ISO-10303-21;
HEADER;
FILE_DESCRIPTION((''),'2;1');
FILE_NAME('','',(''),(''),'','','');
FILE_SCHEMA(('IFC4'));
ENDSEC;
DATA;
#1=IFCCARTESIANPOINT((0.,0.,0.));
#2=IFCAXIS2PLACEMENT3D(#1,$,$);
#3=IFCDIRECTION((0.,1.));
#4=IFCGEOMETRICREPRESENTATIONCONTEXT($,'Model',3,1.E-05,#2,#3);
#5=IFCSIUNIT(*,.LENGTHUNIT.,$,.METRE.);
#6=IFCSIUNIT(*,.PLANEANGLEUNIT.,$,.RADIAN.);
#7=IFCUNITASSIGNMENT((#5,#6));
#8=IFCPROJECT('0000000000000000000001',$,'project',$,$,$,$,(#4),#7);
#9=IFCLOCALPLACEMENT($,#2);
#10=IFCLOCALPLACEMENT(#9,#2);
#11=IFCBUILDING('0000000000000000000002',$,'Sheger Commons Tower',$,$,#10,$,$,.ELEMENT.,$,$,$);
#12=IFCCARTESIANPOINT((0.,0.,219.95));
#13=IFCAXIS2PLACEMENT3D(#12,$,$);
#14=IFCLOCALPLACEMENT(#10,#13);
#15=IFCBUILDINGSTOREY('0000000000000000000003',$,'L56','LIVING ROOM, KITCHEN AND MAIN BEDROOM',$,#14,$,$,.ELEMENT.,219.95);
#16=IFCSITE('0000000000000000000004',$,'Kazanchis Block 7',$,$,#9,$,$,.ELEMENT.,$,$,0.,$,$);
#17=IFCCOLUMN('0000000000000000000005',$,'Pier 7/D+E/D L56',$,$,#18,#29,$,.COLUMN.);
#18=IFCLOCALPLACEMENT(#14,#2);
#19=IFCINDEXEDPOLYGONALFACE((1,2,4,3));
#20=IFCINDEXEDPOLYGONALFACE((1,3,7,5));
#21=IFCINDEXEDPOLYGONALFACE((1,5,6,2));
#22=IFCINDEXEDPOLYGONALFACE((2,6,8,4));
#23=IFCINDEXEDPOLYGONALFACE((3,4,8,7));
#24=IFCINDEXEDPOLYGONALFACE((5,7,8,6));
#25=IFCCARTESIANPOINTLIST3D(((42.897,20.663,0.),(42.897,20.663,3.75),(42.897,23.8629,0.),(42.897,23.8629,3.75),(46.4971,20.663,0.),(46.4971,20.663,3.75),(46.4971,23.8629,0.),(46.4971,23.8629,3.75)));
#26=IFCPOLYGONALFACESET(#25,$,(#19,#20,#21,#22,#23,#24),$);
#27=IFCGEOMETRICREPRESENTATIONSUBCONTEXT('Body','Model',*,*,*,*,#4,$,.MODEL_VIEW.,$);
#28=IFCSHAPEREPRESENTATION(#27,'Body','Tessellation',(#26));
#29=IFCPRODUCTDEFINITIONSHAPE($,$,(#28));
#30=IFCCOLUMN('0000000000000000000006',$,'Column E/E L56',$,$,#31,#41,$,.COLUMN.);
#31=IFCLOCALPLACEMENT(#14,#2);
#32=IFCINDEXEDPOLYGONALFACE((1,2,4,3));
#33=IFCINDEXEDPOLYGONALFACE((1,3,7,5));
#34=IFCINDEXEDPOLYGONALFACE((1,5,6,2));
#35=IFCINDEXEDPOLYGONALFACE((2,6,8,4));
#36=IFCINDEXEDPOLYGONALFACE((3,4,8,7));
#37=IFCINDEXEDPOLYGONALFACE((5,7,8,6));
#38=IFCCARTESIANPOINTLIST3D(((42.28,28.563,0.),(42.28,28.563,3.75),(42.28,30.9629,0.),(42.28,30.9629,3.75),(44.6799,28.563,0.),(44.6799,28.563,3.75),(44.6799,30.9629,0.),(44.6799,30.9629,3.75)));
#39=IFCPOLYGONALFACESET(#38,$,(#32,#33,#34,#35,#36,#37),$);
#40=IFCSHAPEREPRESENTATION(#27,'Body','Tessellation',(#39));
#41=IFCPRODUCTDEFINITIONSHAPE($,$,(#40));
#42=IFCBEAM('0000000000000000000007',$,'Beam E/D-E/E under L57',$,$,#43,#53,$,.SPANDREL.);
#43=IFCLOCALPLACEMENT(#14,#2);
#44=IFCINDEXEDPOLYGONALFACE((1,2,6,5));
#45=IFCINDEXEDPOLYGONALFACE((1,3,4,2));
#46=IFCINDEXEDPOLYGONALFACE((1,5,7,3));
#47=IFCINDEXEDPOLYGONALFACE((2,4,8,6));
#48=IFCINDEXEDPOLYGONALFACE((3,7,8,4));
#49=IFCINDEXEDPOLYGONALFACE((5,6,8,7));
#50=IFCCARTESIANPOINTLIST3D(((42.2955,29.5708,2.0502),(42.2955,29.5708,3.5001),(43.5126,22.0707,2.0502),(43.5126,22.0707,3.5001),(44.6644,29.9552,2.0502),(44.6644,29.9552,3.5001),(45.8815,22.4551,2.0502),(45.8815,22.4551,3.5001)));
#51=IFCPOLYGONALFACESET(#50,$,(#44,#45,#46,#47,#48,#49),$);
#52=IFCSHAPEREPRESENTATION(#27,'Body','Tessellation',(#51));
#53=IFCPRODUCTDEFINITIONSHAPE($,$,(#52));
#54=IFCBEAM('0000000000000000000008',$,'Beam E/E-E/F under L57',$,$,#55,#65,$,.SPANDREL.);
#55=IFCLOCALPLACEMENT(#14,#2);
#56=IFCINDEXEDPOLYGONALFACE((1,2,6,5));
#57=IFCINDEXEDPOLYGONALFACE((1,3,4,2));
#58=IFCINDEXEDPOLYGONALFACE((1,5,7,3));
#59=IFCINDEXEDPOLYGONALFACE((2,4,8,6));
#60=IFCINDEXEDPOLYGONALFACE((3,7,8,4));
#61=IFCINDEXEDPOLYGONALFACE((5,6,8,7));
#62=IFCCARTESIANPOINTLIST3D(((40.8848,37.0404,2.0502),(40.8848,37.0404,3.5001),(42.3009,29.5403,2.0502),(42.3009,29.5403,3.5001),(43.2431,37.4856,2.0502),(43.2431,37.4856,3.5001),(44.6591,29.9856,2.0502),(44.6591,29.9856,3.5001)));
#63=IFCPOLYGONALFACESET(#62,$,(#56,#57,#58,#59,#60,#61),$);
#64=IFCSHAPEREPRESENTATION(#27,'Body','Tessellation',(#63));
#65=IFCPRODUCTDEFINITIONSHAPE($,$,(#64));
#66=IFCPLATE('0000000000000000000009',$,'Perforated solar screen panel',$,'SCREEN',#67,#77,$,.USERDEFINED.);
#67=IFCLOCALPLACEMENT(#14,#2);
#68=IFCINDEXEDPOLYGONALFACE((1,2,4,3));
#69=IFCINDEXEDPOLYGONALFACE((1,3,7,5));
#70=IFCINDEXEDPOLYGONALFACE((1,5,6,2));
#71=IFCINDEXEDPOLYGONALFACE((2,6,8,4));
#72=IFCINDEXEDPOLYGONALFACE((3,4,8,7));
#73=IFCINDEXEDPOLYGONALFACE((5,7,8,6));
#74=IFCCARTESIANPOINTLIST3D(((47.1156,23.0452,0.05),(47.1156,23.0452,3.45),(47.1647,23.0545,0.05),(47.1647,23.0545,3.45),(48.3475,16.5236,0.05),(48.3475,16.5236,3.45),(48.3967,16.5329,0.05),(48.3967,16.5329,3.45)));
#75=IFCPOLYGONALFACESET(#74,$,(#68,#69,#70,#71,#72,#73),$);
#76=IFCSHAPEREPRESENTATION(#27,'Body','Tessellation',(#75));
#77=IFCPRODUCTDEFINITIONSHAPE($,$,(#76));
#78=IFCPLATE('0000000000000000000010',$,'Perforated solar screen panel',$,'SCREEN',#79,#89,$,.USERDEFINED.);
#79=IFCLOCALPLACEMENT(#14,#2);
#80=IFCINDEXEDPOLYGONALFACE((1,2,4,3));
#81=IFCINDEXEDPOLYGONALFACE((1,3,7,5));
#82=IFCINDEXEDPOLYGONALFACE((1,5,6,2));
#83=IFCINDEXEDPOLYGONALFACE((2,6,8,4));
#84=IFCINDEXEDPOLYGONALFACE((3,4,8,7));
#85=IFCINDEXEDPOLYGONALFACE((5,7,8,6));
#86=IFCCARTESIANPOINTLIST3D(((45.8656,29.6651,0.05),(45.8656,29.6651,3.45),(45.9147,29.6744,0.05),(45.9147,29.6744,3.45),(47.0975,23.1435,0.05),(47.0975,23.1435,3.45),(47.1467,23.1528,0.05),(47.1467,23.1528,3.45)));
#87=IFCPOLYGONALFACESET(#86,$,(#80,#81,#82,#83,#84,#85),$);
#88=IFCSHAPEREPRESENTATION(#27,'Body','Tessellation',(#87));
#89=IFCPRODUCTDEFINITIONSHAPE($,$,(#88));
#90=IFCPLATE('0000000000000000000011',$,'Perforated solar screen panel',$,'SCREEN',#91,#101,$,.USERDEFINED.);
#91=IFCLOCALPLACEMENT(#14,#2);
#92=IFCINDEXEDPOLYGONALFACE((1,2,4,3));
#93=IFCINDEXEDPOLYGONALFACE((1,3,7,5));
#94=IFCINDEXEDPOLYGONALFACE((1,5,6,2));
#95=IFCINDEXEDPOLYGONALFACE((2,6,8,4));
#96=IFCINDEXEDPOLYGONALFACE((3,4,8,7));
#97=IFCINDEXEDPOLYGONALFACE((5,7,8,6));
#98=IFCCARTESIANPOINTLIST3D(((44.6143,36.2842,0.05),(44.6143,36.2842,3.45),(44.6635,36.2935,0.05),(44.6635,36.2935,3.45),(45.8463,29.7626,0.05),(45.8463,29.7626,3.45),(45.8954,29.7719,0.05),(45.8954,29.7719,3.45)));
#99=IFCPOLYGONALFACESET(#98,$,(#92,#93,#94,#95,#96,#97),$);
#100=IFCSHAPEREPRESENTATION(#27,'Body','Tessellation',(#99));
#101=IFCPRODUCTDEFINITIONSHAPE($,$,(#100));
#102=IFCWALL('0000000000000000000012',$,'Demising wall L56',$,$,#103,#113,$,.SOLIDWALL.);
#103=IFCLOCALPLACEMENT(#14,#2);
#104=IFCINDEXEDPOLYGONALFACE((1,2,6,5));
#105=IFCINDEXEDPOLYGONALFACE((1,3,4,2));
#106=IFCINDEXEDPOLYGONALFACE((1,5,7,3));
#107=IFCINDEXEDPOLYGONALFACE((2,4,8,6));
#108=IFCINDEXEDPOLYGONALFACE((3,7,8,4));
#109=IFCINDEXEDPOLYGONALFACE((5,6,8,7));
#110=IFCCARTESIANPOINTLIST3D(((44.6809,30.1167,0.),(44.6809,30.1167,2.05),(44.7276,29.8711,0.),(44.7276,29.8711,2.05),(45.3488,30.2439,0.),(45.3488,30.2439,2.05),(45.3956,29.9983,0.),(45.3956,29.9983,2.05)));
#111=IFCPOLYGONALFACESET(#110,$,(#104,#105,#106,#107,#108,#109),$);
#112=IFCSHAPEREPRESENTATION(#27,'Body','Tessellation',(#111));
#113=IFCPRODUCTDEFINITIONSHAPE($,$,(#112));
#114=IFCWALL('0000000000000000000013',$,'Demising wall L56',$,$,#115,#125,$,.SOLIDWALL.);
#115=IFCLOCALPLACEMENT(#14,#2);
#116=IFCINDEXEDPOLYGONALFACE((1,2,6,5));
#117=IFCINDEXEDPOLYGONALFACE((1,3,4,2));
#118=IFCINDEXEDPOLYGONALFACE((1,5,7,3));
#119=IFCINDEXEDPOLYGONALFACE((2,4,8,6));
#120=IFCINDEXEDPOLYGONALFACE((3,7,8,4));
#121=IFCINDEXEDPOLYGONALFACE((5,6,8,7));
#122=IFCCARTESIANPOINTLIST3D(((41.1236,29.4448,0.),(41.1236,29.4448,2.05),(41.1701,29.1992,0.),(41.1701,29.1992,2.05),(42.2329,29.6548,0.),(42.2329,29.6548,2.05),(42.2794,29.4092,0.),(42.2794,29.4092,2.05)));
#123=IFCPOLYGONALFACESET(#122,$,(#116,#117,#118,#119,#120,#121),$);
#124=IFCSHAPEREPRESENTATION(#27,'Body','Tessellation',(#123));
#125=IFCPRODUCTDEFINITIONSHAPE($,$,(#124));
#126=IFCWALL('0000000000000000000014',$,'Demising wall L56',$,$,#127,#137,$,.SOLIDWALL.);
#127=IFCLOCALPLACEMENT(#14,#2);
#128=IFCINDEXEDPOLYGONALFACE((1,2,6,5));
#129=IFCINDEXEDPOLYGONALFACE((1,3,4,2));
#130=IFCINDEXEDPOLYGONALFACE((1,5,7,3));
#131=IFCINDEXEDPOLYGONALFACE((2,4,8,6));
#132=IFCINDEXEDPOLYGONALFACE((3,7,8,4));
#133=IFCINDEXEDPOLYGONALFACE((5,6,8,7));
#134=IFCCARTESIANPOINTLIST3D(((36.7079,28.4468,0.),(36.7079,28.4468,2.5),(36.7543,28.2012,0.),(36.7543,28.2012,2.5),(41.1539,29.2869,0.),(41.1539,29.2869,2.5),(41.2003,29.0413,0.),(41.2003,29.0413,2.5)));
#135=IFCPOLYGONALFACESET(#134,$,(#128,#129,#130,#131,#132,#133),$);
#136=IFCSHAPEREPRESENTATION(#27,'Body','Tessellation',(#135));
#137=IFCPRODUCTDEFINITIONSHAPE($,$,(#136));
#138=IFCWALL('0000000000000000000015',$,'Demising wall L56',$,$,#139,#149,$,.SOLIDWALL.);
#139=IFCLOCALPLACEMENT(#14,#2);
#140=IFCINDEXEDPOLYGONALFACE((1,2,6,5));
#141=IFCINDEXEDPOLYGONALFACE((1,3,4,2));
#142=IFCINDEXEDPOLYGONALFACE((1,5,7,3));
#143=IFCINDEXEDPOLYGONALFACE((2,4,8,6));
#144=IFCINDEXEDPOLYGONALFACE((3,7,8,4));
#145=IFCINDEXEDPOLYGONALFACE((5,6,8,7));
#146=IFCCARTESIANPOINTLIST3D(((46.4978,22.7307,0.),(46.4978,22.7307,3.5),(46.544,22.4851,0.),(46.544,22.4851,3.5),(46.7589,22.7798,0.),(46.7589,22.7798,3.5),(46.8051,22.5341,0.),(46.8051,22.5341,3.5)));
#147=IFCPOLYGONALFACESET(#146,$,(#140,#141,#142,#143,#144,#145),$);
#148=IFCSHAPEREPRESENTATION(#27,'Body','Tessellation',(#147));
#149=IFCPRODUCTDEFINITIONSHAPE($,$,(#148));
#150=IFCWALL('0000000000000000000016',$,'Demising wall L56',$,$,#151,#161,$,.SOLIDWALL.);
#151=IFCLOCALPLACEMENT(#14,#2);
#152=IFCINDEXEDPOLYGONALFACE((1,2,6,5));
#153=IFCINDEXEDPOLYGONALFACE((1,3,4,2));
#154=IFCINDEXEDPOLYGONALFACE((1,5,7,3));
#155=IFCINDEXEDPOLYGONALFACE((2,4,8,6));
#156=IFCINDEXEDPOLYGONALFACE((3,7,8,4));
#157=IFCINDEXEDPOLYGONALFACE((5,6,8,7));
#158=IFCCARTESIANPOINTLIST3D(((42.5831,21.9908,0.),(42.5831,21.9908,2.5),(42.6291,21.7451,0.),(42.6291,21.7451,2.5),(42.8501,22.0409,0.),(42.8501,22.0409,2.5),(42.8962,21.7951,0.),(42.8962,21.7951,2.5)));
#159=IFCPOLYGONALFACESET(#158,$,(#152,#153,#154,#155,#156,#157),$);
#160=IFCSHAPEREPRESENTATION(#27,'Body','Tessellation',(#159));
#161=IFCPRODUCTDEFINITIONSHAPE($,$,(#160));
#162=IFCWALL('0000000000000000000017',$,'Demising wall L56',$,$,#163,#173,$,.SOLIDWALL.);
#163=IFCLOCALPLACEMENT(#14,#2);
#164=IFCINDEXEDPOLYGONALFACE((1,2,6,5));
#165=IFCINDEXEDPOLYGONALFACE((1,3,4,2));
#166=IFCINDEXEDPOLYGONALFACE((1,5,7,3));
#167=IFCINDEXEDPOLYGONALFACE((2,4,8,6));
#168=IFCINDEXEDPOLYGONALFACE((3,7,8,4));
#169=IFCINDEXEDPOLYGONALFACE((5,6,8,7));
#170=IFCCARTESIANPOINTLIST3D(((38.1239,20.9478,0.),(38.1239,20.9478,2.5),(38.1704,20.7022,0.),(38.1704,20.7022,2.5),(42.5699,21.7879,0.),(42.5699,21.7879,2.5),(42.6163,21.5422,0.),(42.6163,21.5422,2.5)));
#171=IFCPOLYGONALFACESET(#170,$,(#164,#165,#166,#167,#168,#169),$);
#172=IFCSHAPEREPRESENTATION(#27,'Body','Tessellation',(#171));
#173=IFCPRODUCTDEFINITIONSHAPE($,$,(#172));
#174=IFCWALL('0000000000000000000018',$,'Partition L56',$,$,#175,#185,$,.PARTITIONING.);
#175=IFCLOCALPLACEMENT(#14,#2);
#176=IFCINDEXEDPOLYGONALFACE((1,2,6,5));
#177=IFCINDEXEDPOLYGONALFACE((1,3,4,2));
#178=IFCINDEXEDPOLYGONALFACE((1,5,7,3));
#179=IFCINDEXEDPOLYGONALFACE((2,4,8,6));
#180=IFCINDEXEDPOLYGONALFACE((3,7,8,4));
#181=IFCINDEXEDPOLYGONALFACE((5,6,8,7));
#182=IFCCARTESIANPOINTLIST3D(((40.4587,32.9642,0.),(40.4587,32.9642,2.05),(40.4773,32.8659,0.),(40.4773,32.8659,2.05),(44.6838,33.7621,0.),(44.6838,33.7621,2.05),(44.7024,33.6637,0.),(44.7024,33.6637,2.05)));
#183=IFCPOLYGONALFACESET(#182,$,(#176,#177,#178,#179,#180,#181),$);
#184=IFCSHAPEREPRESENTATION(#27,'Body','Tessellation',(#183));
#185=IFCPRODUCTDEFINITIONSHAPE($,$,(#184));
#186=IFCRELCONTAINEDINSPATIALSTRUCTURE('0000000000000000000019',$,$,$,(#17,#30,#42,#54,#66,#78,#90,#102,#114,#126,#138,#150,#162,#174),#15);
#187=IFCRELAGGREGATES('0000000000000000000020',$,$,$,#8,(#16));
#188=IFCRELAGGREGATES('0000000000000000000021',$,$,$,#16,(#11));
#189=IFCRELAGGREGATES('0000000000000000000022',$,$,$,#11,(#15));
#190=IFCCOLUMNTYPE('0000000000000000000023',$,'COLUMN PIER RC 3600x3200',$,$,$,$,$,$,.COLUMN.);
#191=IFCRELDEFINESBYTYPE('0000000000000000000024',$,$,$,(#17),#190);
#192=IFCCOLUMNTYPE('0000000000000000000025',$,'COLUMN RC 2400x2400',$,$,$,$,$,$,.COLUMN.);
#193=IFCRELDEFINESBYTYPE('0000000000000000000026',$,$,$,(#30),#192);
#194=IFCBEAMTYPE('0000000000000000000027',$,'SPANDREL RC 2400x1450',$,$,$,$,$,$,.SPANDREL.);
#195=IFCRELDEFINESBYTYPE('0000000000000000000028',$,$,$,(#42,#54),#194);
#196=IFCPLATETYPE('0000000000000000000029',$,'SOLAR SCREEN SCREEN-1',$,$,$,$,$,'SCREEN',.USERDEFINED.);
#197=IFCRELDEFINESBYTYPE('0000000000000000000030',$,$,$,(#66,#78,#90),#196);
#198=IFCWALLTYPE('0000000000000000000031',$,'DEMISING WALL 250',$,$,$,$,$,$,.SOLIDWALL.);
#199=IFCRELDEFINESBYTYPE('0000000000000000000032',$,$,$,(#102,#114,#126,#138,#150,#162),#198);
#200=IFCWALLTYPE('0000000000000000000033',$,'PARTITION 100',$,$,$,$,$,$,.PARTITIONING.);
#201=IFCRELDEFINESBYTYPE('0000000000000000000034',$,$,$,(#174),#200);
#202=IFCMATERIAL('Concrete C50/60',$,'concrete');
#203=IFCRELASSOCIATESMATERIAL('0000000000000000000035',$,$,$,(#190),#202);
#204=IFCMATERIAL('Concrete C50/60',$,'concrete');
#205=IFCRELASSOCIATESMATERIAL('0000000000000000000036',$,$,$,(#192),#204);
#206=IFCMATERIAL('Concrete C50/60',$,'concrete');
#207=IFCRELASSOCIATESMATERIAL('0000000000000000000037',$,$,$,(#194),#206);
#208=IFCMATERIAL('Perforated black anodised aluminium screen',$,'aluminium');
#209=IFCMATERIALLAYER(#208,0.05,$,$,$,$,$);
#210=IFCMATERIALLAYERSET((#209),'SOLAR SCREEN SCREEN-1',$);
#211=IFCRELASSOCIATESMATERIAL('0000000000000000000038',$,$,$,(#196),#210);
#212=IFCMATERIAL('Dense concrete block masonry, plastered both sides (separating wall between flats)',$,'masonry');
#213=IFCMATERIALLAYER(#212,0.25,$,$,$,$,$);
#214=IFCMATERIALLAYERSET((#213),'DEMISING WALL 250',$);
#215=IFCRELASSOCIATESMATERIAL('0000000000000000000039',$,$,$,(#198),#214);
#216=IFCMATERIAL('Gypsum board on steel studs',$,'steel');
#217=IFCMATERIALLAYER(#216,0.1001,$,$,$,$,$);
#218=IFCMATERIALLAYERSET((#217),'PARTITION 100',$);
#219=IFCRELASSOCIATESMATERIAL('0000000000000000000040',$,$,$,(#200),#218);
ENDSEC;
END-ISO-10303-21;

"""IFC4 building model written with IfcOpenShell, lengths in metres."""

from ifc_helpers import new_model, si_unit, direction, frame, frame_2d, origin, origin_2d, place, context, subcontext, project, spatial, rectangle, extrude, material, layer, layer_set, material_profile, profile_set, type_object, element, save


model = new_model("IFC4")

# Units and contexts
model_context = context("Model", 3, precision=1e-05, world=origin(), true_north=direction((0.0, 1.0)))
body_context = subcontext(model_context, "Body", "Model", "MODEL_VIEW")
ifc_project = project(units=[si_unit("LENGTHUNIT", "METRE"), si_unit("PLANEANGLEUNIT", "RADIAN")], contexts=[model_context])

# Site, building, storey
site_placement = place(None, origin())
site = spatial("IfcSite", under=ifc_project, at=site_placement, Name="Kazanchis Block 7", CompositionType="ELEMENT", RefElevation=0.0)
building_placement = place(site_placement, origin())
building = spatial("IfcBuilding", under=site, at=building_placement, Name="Sheger Commons Tower", CompositionType="ELEMENT")
storey_placement = place(building_placement, frame((0.0, 0.0, 219.95)))
storey = spatial("IfcBuildingStorey", under=building, at=storey_placement, Name="L56", Description="LIVING ROOM, KITCHEN AND MAIN BEDROOM", CompositionType="ELEMENT", Elevation=219.95)

# Columns
ifc_material_1 = material(Name="Concrete C50/60", Category="concrete")
ifc_material_profile_1 = material_profile(ifc_material_1, rectangle(XDim=3.6001, YDim=3.2, at=origin_2d()), Name="RC 3600x3200")
ifc_profile_set_1 = profile_set([ifc_material_profile_1], Name="Concrete C50/60")
column_type_1 = type_object("IfcColumnType", Name="COLUMN PIER RC 3600x3200", PredefinedType="COLUMN", material=ifc_profile_set_1)
column_1_placement = place(storey_placement, frame((44.697, 22.2629, 0.0), z_axis=(0.0, 0.0, 1.0), x_axis=(1.0, 0.0, 0.0)))
element("IfcColumn", 1, at=column_1_placement, inside=storey, type_object=column_type_1, Name="Pier 7/D+E/D L56", PredefinedType="COLUMN", context=body_context, shape_type="SweptSolid", body=[
    extrude(rectangle(XDim=3.6001, YDim=3.2, at=origin_2d()), origin(), (0.0, 0.0, 1.0), 3.75),
])
ifc_material_2 = material(Name="Concrete C50/60", Category="concrete")
ifc_material_profile_2 = material_profile(ifc_material_2, rectangle(XDim=2.3999, YDim=2.3999, at=origin_2d()), Name="RC 2400x2400")
ifc_profile_set_2 = profile_set([ifc_material_profile_2], Name="Concrete C50/60")
column_type_2 = type_object("IfcColumnType", Name="COLUMN RC 2400x2400", PredefinedType="COLUMN", material=ifc_profile_set_2)
column_2_placement = place(storey_placement, frame((43.48, 29.7629, 0.0), z_axis=(0.0, 0.0, 1.0), x_axis=(1.0, 0.0, 0.0)))
element("IfcColumn", 2, at=column_2_placement, inside=storey, type_object=column_type_2, Name="Column E/E L56", PredefinedType="COLUMN", context=body_context, shape_type="SweptSolid", body=[
    extrude(rectangle(XDim=2.3999, YDim=2.3999, at=origin_2d()), origin(), (0.0, 0.0, 1.0), 3.75),
])

# Beams
ifc_material_3 = material(Name="Concrete C50/60", Category="concrete")
ifc_material_profile_3 = material_profile(ifc_material_3, rectangle(XDim=2.3999, YDim=1.45, at=origin_2d()), Name="RC 2400x1450")
ifc_profile_set_3 = profile_set([ifc_material_profile_3], Name="Concrete C50/60")
beam_type = type_object("IfcBeamType", Name="SPANDREL RC 2400x1450", PredefinedType="SPANDREL", material=ifc_profile_set_3)
beam_1_placement = place(storey_placement, frame((44.697, 22.2629, 2.7751), z_axis=(-0.160177, 0.987088, 0.0), x_axis=(-0.987088, -0.160177, 0.0)))
element("IfcBeam", 3, at=beam_1_placement, inside=storey, type_object=beam_type, Name="Beam E/D-E/E under L57", PredefinedType="SPANDREL", context=body_context, shape_type="SweptSolid", body=[
    extrude(rectangle(XDim=2.3999, YDim=1.45, at=origin_2d()), origin(), (0.0, 0.0, 1.0), 7.5981),
])
beam_2_placement = place(storey_placement, frame((43.48, 29.7629, 2.7751), z_axis=(-0.185524, 0.98264, 0.0), x_axis=(-0.98264, -0.185524, 0.0)))
element("IfcBeam", 4, at=beam_2_placement, inside=storey, type_object=beam_type, Name="Beam E/E-E/F under L57", PredefinedType="SPANDREL", context=body_context, shape_type="SweptSolid", body=[
    extrude(rectangle(XDim=2.3999, YDim=1.45, at=origin_2d()), origin(), (0.0, 0.0, 1.0), 7.6326),
])

# Plates
ifc_material_4 = material(Name="Perforated black anodised aluminium screen", Category="aluminium")
ifc_layer_1 = layer(ifc_material_4, 0.05)
ifc_layer_set_1 = layer_set([ifc_layer_1], Name="SOLAR SCREEN SCREEN-1")
plate_type = type_object("IfcPlateType", Name="SOLAR SCREEN SCREEN-1", ElementType="SCREEN", PredefinedType="USERDEFINED", material=ifc_layer_set_1)
for number, where, z_axis, x_axis, name in (
    (5, (47.7561, 19.7891, 0.05), (0.0, 0.0, 1.0), (-0.185615, 0.982623, 0.0), "Perforated solar screen panel"),
    (6, (46.5061, 26.4089, 0.05), (0.0, 0.0, 1.0), (-0.185615, 0.982623, 0.0), "Perforated solar screen panel"),
    (7, (45.2549, 33.0281, 0.05), (0.0, 0.0, 1.0), (-0.185615, 0.982623, 0.0), "Perforated solar screen panel"),
):
    element("IfcPlate", number, at=place(storey_placement, frame(where, z_axis=z_axis, x_axis=x_axis)), inside=storey, type_object=plate_type, Name=name, ObjectType="SCREEN", PredefinedType="USERDEFINED", context=body_context, shape_type="SweptSolid", body=[
        extrude(rectangle(XDim=6.637, YDim=0.05, at=origin_2d()), origin(), (0.0, 0.0, 1.0), 3.3999),
    ])

# Walls
ifc_material_5 = material(Name="Dense concrete block masonry, plastered both sides (separating wall between flats)", Category="masonry")
ifc_layer_2 = layer(ifc_material_5, 0.25)
ifc_layer_set_2 = layer_set([ifc_layer_2], Name="DEMISING WALL 250")
wall_type_1 = type_object("IfcWallType", Name="DEMISING WALL 250", PredefinedType="SOLIDWALL", material=ifc_layer_set_2)
wall_1_placement = place(storey_placement, frame((45.3721, 30.1211, 0.0), z_axis=(0.0, 0.0, 1.0), x_axis=(-0.982348, -0.187063, 0.0)))
element("IfcWall", 8, at=wall_1_placement, inside=storey, type_object=wall_type_1, Name="Demising wall L56", PredefinedType="SOLIDWALL", context=body_context, shape_type="SweptSolid", body=[
    extrude(rectangle(XDim=0.6799, YDim=0.25, at=frame_2d((0.3398, 0.0))), origin(), (0.0, 0.0, 1.0), 2.05),
])
wall_2_placement = place(storey_placement, frame((42.2561, 29.532, 0.0), z_axis=(0.0, 0.0, 1.0), x_axis=(-0.98255, -0.185999, 0.0)))
element("IfcWall", 9, at=wall_2_placement, inside=storey, type_object=wall_type_1, Name="Demising wall L56", PredefinedType="SOLIDWALL", context=body_context, shape_type="SweptSolid", body=[
    extrude(rectangle(XDim=1.1289, YDim=0.25, at=frame_2d((0.5645, 0.0))), origin(), (0.0, 0.0, 1.0), 2.05),
])
wall_3_placement = place(storey_placement, frame((41.177, 29.1641, 0.0), z_axis=(0.0, 0.0, 1.0), x_axis=(-0.982613, -0.185666, 0.0)))
element("IfcWall", 10, at=wall_3_placement, inside=storey, type_object=wall_type_1, Name="Demising wall L56", PredefinedType="SOLIDWALL", context=body_context, shape_type="SweptSolid", body=[
    extrude(rectangle(XDim=4.5247, YDim=0.25, at=frame_2d((2.2622, 0.0))), origin(), (0.0, 0.0, 1.0), 2.5),
])
wall_4_placement = place(storey_placement, frame((46.782, 22.657, 0.0), z_axis=(0.0, 0.0, 1.0), x_axis=(-0.982778, -0.184788, 0.0)))
element("IfcWall", 11, at=wall_4_placement, inside=storey, type_object=wall_type_1, Name="Demising wall L56", PredefinedType="SOLIDWALL", context=body_context, shape_type="SweptSolid", body=[
    extrude(rectangle(XDim=0.2656, YDim=0.25, at=frame_2d((0.1328, 0.0))), origin(), (0.0, 0.0, 1.0), 3.5),
])
wall_5_placement = place(storey_placement, frame((42.873, 21.918, 0.0), z_axis=(0.0, 0.0, 1.0), x_axis=(-0.982893, -0.18418, 0.0)))
element("IfcWall", 12, at=wall_5_placement, inside=storey, type_object=wall_type_1, Name="Demising wall L56", PredefinedType="SOLIDWALL", context=body_context, shape_type="SweptSolid", body=[
    extrude(rectangle(XDim=0.2717, YDim=0.25, at=frame_2d((0.1357, 0.0))), origin(), (0.0, 0.0, 1.0), 2.5),
])
wall_6_placement = place(storey_placement, frame((42.593, 21.665, 0.0), z_axis=(0.0, 0.0, 1.0), x_axis=(-0.982613, -0.185666, 0.0)))
element("IfcWall", 13, at=wall_6_placement, inside=storey, type_object=wall_type_1, Name="Demising wall L56", PredefinedType="SOLIDWALL", context=body_context, shape_type="SweptSolid", body=[
    extrude(rectangle(XDim=4.5247, YDim=0.25, at=frame_2d((2.2622, 0.0))), origin(), (0.0, 0.0, 1.0), 2.5),
])
ifc_material_6 = material(Name="Gypsum board on steel studs", Category="steel")
ifc_layer_3 = layer(ifc_material_6, 0.1001)
ifc_layer_set_3 = layer_set([ifc_layer_3], Name="PARTITION 100")
wall_type_2 = type_object("IfcWallType", Name="PARTITION 100", PredefinedType="PARTITIONING", material=ifc_layer_set_3)
wall_7_placement = place(storey_placement, frame((44.6931, 33.7129, 0.0), z_axis=(0.0, 0.0, 1.0), x_axis=(-0.982634, -0.185557, 0.0)))
element("IfcWall", 14, at=wall_7_placement, inside=storey, type_object=wall_type_2, Name="Partition L56", PredefinedType="PARTITIONING", context=body_context, shape_type="SweptSolid", body=[
    extrude(rectangle(XDim=4.2998, YDim=0.1001, at=frame_2d((2.1499, 0.0))), origin(), (0.0, 0.0, 1.0), 2.05),
])

save(model, "model.ifc")
